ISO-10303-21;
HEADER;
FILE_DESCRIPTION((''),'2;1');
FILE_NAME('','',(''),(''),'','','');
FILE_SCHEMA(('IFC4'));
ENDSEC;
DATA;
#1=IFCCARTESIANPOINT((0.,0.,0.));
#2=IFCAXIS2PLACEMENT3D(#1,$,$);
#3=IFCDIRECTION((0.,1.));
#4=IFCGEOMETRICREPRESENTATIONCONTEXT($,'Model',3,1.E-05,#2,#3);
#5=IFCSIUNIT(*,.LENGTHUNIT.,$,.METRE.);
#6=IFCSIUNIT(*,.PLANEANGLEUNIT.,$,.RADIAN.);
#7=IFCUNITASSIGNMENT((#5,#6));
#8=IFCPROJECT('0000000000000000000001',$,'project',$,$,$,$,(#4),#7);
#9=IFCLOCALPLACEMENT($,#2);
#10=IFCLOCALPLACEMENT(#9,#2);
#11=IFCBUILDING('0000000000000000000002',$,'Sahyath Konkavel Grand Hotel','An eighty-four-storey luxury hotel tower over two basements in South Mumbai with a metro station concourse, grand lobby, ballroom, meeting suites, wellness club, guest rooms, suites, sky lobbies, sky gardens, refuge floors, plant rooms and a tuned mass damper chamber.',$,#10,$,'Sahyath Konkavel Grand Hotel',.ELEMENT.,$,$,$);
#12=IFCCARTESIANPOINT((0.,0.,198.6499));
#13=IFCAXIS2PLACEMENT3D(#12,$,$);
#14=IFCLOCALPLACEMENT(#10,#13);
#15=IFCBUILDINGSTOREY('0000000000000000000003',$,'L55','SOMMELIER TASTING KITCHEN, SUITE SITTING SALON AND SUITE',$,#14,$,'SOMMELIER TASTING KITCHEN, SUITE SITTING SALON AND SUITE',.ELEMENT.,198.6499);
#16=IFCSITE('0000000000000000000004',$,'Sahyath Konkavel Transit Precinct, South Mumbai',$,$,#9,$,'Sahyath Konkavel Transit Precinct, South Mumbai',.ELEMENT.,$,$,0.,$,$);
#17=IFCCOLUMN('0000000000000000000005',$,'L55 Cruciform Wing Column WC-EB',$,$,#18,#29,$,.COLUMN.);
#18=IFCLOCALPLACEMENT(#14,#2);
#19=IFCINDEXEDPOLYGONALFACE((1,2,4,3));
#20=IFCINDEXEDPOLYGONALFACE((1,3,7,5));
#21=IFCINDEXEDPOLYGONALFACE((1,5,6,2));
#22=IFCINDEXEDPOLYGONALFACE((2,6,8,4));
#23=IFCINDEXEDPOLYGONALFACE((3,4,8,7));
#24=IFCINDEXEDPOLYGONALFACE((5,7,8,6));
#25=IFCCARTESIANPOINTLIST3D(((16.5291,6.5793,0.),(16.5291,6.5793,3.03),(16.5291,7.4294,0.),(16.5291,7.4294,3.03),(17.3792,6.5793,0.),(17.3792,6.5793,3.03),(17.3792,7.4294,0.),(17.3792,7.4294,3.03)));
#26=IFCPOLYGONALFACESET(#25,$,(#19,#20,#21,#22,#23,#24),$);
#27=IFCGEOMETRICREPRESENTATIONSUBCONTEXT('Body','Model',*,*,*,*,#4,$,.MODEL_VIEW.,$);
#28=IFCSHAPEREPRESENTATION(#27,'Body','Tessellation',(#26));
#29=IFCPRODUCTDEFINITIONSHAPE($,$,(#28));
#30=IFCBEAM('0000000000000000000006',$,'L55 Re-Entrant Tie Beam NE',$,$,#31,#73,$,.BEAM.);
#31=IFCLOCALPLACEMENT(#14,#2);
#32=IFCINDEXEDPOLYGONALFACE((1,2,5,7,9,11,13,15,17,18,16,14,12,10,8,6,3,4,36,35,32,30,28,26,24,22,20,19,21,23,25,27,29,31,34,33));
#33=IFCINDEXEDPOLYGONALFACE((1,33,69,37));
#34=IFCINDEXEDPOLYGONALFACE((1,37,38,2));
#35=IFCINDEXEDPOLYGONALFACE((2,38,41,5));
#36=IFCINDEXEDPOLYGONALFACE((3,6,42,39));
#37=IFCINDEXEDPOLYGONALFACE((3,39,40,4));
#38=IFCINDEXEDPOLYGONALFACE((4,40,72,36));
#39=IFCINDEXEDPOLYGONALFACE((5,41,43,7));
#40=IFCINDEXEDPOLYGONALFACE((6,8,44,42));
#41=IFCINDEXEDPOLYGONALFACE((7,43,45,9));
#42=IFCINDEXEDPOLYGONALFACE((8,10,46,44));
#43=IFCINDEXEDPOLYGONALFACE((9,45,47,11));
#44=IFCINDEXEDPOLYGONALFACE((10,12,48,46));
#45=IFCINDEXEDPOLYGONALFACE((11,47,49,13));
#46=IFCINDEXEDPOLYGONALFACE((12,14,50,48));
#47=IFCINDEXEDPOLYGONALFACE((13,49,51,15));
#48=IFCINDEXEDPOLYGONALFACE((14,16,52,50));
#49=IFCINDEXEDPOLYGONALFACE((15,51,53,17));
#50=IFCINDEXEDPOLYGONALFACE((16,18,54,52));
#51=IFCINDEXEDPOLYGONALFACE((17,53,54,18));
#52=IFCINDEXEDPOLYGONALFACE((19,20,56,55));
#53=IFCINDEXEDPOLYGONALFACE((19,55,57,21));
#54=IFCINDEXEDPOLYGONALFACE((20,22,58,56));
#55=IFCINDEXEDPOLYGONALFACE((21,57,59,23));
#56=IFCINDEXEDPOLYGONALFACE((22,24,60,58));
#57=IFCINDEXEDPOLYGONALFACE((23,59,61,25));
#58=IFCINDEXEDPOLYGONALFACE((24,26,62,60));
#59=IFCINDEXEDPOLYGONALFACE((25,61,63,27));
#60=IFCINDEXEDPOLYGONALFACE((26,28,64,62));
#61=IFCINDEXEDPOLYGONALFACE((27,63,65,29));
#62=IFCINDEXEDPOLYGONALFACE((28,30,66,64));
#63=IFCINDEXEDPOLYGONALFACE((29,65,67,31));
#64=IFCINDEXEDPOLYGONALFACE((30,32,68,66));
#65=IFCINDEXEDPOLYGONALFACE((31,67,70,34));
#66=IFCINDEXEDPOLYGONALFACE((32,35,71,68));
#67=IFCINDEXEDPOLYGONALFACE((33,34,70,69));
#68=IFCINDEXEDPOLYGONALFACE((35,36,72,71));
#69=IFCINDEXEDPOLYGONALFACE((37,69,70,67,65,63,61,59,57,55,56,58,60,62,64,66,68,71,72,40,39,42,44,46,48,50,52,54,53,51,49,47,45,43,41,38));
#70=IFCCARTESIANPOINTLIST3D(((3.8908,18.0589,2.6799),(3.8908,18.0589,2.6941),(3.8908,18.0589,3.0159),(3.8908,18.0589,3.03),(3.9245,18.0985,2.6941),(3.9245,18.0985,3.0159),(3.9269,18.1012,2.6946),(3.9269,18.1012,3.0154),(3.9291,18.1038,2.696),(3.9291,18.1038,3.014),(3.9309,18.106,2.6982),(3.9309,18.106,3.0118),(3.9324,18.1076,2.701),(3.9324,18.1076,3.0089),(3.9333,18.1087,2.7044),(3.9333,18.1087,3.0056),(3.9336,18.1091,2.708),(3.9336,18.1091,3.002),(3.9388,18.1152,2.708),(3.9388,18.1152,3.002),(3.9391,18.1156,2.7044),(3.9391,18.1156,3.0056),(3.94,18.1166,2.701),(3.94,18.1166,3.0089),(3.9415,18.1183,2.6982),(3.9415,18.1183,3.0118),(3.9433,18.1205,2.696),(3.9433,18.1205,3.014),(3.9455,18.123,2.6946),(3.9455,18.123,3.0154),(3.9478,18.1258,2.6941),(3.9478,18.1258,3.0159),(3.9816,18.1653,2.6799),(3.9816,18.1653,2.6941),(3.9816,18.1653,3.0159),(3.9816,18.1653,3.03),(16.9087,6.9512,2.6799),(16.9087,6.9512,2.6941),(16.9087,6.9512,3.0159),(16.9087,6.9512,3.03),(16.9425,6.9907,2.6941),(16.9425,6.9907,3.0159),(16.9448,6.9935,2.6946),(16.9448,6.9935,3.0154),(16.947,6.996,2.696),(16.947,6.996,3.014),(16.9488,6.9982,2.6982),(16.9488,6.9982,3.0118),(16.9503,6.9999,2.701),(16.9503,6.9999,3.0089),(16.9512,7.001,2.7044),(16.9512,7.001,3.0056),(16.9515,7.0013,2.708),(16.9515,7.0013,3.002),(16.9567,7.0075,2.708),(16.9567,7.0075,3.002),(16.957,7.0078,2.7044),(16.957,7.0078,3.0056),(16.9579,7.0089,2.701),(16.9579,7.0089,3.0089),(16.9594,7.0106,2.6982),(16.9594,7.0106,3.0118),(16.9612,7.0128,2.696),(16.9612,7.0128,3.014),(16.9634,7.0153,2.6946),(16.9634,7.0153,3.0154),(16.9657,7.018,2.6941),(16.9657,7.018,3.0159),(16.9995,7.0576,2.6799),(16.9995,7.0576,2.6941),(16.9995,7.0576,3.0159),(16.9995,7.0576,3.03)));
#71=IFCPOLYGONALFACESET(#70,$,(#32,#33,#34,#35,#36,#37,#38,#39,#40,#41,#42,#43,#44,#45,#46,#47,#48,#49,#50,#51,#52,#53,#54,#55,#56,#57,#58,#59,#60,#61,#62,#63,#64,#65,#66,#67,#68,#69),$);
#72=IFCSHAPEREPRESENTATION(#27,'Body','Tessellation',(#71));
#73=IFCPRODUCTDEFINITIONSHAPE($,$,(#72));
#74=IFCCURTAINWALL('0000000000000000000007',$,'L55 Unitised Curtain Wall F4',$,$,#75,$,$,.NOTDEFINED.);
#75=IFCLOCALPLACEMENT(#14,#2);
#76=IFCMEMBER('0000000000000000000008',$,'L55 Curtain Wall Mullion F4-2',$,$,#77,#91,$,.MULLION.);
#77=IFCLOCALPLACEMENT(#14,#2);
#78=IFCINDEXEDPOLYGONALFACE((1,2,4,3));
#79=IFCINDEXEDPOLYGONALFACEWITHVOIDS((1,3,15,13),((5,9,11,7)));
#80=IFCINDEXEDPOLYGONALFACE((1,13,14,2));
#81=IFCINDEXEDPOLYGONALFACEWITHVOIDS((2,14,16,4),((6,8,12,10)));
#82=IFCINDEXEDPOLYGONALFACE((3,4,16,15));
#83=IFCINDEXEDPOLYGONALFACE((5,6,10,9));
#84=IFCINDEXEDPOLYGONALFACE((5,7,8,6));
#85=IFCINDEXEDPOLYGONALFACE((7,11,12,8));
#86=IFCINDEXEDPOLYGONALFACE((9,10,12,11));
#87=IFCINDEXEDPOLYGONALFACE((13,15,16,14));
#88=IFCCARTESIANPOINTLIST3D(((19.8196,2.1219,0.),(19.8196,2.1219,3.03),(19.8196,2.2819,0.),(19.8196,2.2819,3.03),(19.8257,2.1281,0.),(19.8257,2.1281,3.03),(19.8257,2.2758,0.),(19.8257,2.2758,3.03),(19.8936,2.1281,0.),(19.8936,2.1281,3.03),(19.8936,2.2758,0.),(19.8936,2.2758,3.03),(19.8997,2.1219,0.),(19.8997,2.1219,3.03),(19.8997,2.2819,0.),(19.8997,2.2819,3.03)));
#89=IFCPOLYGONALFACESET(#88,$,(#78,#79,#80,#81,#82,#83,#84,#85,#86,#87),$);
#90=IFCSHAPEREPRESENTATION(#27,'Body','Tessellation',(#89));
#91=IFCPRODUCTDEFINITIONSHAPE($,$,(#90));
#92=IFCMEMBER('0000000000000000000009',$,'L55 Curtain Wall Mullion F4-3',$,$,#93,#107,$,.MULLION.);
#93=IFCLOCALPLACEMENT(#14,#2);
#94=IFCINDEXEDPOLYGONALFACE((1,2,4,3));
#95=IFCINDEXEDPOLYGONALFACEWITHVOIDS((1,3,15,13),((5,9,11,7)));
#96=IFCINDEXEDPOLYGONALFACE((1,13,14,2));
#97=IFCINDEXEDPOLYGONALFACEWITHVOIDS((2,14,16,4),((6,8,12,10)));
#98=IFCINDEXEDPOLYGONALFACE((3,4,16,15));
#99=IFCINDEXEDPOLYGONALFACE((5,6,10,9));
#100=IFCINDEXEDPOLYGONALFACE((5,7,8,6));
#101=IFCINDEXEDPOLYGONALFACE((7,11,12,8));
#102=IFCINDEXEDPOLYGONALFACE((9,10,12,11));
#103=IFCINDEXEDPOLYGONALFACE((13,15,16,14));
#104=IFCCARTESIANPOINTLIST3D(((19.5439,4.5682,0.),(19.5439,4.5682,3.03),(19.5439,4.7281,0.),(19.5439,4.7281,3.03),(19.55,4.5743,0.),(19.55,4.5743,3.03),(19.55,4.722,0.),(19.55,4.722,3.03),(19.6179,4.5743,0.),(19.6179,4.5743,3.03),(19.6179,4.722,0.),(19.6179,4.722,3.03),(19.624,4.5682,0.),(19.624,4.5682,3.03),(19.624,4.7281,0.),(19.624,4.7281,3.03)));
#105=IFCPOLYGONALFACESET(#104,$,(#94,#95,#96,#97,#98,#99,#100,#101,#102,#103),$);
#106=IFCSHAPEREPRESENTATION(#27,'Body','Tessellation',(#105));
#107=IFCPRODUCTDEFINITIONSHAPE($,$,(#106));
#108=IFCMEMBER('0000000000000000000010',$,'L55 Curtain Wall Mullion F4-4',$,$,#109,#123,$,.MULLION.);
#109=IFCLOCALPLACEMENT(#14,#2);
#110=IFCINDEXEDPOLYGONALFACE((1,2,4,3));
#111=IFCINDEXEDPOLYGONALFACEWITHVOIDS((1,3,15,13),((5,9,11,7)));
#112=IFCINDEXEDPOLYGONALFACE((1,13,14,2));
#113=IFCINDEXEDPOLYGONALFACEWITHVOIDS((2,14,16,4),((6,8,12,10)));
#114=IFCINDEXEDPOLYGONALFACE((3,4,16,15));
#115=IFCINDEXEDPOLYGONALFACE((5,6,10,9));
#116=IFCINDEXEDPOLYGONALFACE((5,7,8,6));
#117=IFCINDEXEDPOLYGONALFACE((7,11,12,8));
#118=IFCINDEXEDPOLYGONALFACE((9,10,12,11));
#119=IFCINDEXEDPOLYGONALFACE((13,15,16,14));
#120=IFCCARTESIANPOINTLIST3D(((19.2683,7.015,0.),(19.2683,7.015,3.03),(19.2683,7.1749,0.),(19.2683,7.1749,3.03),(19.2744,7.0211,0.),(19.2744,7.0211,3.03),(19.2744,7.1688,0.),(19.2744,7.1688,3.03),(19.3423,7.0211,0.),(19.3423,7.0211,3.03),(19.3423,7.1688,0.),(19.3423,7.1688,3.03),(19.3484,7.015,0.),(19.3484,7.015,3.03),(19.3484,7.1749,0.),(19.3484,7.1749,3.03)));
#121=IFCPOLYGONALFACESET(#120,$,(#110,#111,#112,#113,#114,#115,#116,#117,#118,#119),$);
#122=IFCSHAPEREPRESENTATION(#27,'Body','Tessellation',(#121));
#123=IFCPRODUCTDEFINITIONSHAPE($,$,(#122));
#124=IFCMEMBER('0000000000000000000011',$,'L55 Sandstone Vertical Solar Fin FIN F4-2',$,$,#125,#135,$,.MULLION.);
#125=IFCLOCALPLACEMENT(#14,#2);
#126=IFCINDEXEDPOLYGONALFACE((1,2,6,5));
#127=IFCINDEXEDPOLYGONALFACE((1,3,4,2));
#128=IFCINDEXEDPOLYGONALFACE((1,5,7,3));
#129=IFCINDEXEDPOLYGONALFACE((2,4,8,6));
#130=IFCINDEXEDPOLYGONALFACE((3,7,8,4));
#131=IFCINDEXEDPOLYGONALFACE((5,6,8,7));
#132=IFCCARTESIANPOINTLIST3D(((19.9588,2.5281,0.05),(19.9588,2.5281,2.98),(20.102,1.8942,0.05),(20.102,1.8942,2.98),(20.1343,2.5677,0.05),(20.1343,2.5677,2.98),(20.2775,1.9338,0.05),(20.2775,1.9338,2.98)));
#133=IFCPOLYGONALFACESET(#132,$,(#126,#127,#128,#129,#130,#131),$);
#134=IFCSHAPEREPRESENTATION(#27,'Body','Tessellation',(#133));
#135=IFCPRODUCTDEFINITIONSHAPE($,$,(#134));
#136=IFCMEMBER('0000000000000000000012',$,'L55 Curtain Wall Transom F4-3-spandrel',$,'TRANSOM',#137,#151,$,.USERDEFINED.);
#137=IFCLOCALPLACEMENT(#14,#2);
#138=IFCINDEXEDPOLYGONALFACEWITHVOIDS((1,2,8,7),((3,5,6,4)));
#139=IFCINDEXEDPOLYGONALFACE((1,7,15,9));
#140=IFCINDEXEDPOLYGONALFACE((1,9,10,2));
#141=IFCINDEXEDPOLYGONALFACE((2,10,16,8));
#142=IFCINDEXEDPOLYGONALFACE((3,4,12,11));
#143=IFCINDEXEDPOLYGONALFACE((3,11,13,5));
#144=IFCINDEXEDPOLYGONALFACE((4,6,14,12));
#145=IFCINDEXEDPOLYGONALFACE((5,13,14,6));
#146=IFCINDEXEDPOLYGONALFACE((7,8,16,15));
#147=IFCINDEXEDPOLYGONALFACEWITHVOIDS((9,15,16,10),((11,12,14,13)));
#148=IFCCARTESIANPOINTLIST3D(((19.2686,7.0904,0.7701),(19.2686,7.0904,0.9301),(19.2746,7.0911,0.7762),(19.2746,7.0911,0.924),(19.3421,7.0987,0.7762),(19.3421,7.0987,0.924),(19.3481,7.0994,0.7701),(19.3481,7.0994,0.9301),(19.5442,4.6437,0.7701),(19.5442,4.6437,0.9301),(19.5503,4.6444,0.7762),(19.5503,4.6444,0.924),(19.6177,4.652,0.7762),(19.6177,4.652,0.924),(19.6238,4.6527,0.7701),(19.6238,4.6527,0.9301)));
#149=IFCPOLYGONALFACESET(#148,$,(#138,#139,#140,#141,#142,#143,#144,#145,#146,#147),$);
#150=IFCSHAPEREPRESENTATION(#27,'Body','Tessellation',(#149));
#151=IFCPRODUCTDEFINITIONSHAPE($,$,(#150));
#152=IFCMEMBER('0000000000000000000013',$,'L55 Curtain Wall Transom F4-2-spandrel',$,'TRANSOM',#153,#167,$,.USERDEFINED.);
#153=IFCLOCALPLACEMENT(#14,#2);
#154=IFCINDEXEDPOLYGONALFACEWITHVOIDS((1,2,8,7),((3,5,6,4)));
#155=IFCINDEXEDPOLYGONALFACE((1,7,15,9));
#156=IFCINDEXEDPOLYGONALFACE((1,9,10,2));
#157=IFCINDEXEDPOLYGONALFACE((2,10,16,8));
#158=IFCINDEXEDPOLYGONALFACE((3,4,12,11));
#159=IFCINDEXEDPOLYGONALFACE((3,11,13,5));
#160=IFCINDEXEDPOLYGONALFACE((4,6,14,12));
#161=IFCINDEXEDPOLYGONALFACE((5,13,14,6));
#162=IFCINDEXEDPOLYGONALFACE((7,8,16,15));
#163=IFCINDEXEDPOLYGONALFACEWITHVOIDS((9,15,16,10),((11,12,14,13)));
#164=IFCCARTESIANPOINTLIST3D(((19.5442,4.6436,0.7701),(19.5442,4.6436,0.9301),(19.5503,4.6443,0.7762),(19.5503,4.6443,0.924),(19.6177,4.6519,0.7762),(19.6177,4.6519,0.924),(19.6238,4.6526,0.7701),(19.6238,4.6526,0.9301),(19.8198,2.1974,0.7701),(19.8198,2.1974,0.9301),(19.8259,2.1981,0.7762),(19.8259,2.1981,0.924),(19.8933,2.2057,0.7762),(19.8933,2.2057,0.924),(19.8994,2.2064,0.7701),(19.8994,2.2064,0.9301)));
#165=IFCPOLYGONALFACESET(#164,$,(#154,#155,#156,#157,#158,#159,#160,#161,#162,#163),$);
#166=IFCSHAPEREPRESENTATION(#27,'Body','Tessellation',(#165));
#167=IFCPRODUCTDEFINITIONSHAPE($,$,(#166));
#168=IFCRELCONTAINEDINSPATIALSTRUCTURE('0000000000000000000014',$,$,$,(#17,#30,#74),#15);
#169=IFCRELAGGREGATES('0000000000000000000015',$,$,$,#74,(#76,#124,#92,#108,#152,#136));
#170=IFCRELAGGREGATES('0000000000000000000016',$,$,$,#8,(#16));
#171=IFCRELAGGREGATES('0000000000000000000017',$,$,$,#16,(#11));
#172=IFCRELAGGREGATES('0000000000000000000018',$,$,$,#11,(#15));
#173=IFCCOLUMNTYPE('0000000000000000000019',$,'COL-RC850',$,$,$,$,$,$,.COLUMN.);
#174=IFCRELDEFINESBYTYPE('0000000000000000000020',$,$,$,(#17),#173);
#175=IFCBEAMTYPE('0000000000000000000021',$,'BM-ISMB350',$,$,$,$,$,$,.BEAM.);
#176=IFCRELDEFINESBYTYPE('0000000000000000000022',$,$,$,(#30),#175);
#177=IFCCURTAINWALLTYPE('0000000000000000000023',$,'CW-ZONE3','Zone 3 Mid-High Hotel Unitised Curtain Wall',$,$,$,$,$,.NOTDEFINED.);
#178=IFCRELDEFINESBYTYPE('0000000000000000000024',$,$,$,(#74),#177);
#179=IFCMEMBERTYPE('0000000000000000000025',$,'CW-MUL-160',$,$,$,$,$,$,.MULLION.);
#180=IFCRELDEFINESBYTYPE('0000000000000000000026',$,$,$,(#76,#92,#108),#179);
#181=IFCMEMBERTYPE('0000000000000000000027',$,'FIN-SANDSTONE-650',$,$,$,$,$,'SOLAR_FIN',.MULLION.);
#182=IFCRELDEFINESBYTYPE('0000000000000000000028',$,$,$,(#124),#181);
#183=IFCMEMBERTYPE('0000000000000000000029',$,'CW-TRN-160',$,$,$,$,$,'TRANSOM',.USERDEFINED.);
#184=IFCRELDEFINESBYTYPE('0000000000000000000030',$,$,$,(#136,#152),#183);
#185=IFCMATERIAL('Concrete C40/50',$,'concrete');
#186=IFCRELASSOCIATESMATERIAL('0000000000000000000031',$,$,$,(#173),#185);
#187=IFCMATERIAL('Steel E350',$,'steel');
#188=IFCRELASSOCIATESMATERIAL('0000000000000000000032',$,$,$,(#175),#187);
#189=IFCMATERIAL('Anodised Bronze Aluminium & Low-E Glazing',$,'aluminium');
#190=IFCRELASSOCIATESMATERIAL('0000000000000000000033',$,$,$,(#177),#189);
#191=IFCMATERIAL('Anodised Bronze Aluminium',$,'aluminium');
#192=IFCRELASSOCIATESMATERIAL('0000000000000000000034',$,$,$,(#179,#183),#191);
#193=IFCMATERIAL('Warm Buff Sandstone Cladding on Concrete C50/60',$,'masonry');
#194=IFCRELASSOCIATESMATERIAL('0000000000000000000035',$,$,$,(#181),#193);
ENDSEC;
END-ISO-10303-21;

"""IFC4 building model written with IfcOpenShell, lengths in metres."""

from ifc_helpers import new_model, si_unit, direction, frame, origin, origin_2d, place, context, subcontext, project, spatial, rectangle, hollow_rectangle, i_section, extrude, source, transform, mapped, material, material_profile, profile_set, type_object, element, aggregate, save


model = new_model("IFC4")

# Units and contexts
model_context = context("Model", 3, precision=1e-05, world=origin(), true_north=direction((0.0, 1.0)))
body_context = subcontext(model_context, "Body", "Model", "MODEL_VIEW")
ifc_project = project(units=[si_unit("LENGTHUNIT", "METRE"), si_unit("PLANEANGLEUNIT", "RADIAN")], contexts=[model_context])

# Site, building, storey
site_placement = place(None, origin())
site = spatial("IfcSite", under=ifc_project, at=site_placement, Name="Sahyath Konkavel Transit Precinct, South Mumbai", LongName="Sahyath Konkavel Transit Precinct, South Mumbai", CompositionType="ELEMENT", RefElevation=0.0)
building_placement = place(site_placement, origin())
building = spatial("IfcBuilding", under=site, at=building_placement, Name="Sahyath Konkavel Grand Hotel", Description="An eighty-four-storey luxury hotel tower over two basements in South Mumbai with a metro station concourse, grand lobby, ballroom, meeting suites, wellness club, guest rooms, suites, sky lobbies, sky gardens, refuge floors, plant rooms and a tuned mass damper chamber.", LongName="Sahyath Konkavel Grand Hotel", CompositionType="ELEMENT")
storey_placement = place(building_placement, frame((0.0, 0.0, 198.6499)))
storey = spatial("IfcBuildingStorey", under=building, at=storey_placement, Name="L55", Description="SOMMELIER TASTING KITCHEN, SUITE SITTING SALON AND SUITE", LongName="SOMMELIER TASTING KITCHEN, SUITE SITTING SALON AND SUITE", CompositionType="ELEMENT", Elevation=198.6499)

# Column
ifc_material_1 = material(Name="Concrete C40/50", Category="concrete")
ifc_material_profile_1 = material_profile(ifc_material_1, rectangle(XDim=0.8501, YDim=0.8501, at=origin_2d()), Name="RC 850x850")
ifc_profile_set_1 = profile_set([ifc_material_profile_1], Name="Concrete C40/50")
column_type = type_object("IfcColumnType", Name="COL-RC850", PredefinedType="COLUMN", material=ifc_profile_set_1)
shared_shape_1 = source(origin(), body_context, "Body", "SweptSolid", [
    extrude(rectangle(XDim=0.8501, YDim=0.8501, at=origin_2d()), origin(), (0.0, 0.0, 1.0), 3.03),
])
column_placement = place(storey_placement, frame((16.9541, 7.0044, 0.0), z_axis=(0.0, 0.0, 1.0), x_axis=(1.0, 0.0, 0.0)))
element("IfcColumn", 1, at=column_placement, inside=storey, type_object=column_type, Name="L55 Cruciform Wing Column WC-EB", PredefinedType="COLUMN", context=body_context, shape_type="MappedRepresentation", body=[
    mapped(shared_shape_1, transform((0.0, 0.0, 0.0), scale=1.0)),
])

# Beam
ifc_material_2 = material(Name="Steel E350", Category="steel")
ifc_material_profile_2 = material_profile(ifc_material_2, i_section(OverallWidth=0.1399, OverallDepth=0.3501, WebThickness=0.0081, FlangeThickness=0.0142, FilletRadius=0.0139, at=origin_2d()), Name="ISMB 350")
ifc_profile_set_2 = profile_set([ifc_material_profile_2], Name="Steel E350")
beam_type_1 = type_object("IfcBeamType", Name="BM-ISMB350", PredefinedType="BEAM", material=ifc_profile_set_2)
shared_shape_2 = source(origin(), body_context, "Body", "SweptSolid", [
    extrude(i_section(OverallWidth=0.1399, OverallDepth=0.3501, WebThickness=0.0081, FlangeThickness=0.0142, FilletRadius=0.0139, at=origin_2d()), origin(), (0.0, 0.0, 1.0), 17.1128),
])
beam_1_placement = place(storey_placement, frame((16.9541, 7.0044, 2.855), z_axis=(-0.760712, 0.64909, 0.0), x_axis=(-0.64909, -0.760712, 0.0)))
element("IfcBeam", 2, at=beam_1_placement, inside=storey, type_object=beam_type_1, Name="L55 Re-Entrant Tie Beam NE", PredefinedType="BEAM", context=body_context, shape_type="MappedRepresentation", body=[
    mapped(shared_shape_2, transform((0.0, 0.0, 0.0), scale=1.0)),
])

# Curtain wall, members
ifc_material_3 = material(Name="Anodised Bronze Aluminium & Low-E Glazing", Category="aluminium")
curtain_wall_type = type_object("IfcCurtainWallType", Name="CW-ZONE3", Description="Zone 3 Mid-High Hotel Unitised Curtain Wall", PredefinedType="NOTDEFINED", material=ifc_material_3)
curtain_wall_placement = place(storey_placement, origin())
curtain_wall = element("IfcCurtainWall", 3, at=curtain_wall_placement, inside=storey, type_object=curtain_wall_type, Name="L55 Unitised Curtain Wall F4", PredefinedType="NOTDEFINED")
ifc_material_4 = material(Name="Anodised Bronze Aluminium", Category="aluminium")
ifc_material_profile_3 = material_profile(ifc_material_4, hollow_rectangle(XDim=0.0801, YDim=0.1599, WallThickness=0.0061, at=origin_2d()), Name="RHS 160x80x6")
ifc_profile_set_3 = profile_set([ifc_material_profile_3], Name="Anodised Bronze Aluminium")
member_type_1 = type_object("IfcMemberType", Name="CW-MUL-160", PredefinedType="MULLION", material=ifc_profile_set_3)
shared_shape_3 = source(origin(), body_context, "Body", "SweptSolid", [
    extrude(hollow_rectangle(XDim=0.0801, YDim=0.1599, WallThickness=0.0061, at=origin_2d()), origin(), (0.0, 0.0, 1.0), 3.03),
])
member_1_placement = place(storey_placement, frame((19.8596, 2.2019, 0.0), z_axis=(0.0, 0.0, 1.0), x_axis=(1.0, 0.0, 0.0)))
member_1 = element("IfcMember", 4, at=member_1_placement, type_object=member_type_1, Name="L55 Curtain Wall Mullion F4-2", PredefinedType="MULLION", context=body_context, shape_type="MappedRepresentation", body=[
    mapped(shared_shape_3, transform((0.0, 0.0, 0.0), scale=1.0)),
])
member_2_placement = place(storey_placement, frame((19.584, 4.6482, 0.0), z_axis=(0.0, 0.0, 1.0), x_axis=(1.0, 0.0, 0.0)))
member_2 = element("IfcMember", 5, at=member_2_placement, type_object=member_type_1, Name="L55 Curtain Wall Mullion F4-3", PredefinedType="MULLION", context=body_context, shape_type="MappedRepresentation", body=[
    mapped(shared_shape_3, transform((0.0, 0.0, 0.0), scale=1.0)),
])
member_3_placement = place(storey_placement, frame((19.3083, 7.095, 0.0), z_axis=(0.0, 0.0, 1.0), x_axis=(1.0, 0.0, 0.0)))
member_3 = element("IfcMember", 6, at=member_3_placement, type_object=member_type_1, Name="L55 Curtain Wall Mullion F4-4", PredefinedType="MULLION", context=body_context, shape_type="MappedRepresentation", body=[
    mapped(shared_shape_3, transform((0.0, 0.0, 0.0), scale=1.0)),
])
ifc_material_5 = material(Name="Warm Buff Sandstone Cladding on Concrete C50/60", Category="masonry")
ifc_material_profile_4 = material_profile(ifc_material_5, rectangle(XDim=0.1799, YDim=0.6499, at=origin_2d()), Name="FIN 180x650")
ifc_profile_set_4 = profile_set([ifc_material_profile_4], Name="Warm Buff Sandstone Cladding on Concrete C50/60")
member_type_2 = type_object("IfcMemberType", Name="FIN-SANDSTONE-650", ElementType="SOLAR_FIN", PredefinedType="MULLION", material=ifc_profile_set_4)
shared_shape_4 = source(origin(), body_context, "Body", "SweptSolid", [
    extrude(rectangle(XDim=0.1799, YDim=0.6499, at=origin_2d()), origin(), (0.0, 0.0, 1.0), 2.9299),
])
member_4_placement = place(storey_placement, frame((20.1182, 2.231, 0.05), z_axis=(0.0, 0.0, 1.0), x_axis=(0.975419, 0.220357, 0.0)))
member_4 = element("IfcMember", 7, at=member_4_placement, type_object=member_type_2, Name="L55 Sandstone Vertical Solar Fin FIN F4-2", PredefinedType="MULLION", context=body_context, shape_type="MappedRepresentation", body=[
    mapped(shared_shape_4, transform((0.0, 0.0, 0.0), scale=1.0)),
])
ifc_material_profile_5 = material_profile(ifc_material_4, hollow_rectangle(XDim=0.0801, YDim=0.1599, WallThickness=0.0061, at=origin_2d()), Name="RHS 160x80x6")
ifc_profile_set_5 = profile_set([ifc_material_profile_5], Name="Anodised Bronze Aluminium")
member_type_3 = type_object("IfcMemberType", Name="CW-TRN-160", ElementType="TRANSOM", PredefinedType="USERDEFINED", material=ifc_profile_set_5)
shared_shape_5 = source(origin(), body_context, "Body", "SweptSolid", [
    extrude(hollow_rectangle(XDim=0.0801, YDim=0.1599, WallThickness=0.0061, at=origin_2d()), origin(), (0.0, 0.0, 1.0), 2.4622),
])
member_5_placement = place(storey_placement, frame((19.584, 4.6482, 0.8501), z_axis=(-0.111944, 0.993715, 0.0), x_axis=(-0.993715, -0.111944, 0.0)))
member_5 = element("IfcMember", 8, at=member_5_placement, type_object=member_type_3, Name="L55 Curtain Wall Transom F4-3-spandrel", ObjectType="TRANSOM", PredefinedType="USERDEFINED", context=body_context, shape_type="MappedRepresentation", body=[
    mapped(shared_shape_5, transform((0.0, 0.0, 0.0), scale=1.0)),
])
shared_shape_6 = source(origin(), body_context, "Body", "SweptSolid", [
    extrude(hollow_rectangle(XDim=0.0801, YDim=0.1599, WallThickness=0.0061, at=origin_2d()), origin(), (0.0, 0.0, 1.0), 2.4617),
])
member_6_placement = place(storey_placement, frame((19.8596, 2.2019, 0.8501), z_axis=(-0.111966, 0.993712, 0.0), x_axis=(-0.993712, -0.111966, 0.0)))
member_6 = element("IfcMember", 9, at=member_6_placement, type_object=member_type_3, Name="L55 Curtain Wall Transom F4-2-spandrel", ObjectType="TRANSOM", PredefinedType="USERDEFINED", context=body_context, shape_type="MappedRepresentation", body=[
    mapped(shared_shape_6, transform((0.0, 0.0, 0.0), scale=1.0)),
])

aggregate(curtain_wall, [member_1, member_4, member_2, member_3, member_6, member_5])

save(model, "model.ifc")
